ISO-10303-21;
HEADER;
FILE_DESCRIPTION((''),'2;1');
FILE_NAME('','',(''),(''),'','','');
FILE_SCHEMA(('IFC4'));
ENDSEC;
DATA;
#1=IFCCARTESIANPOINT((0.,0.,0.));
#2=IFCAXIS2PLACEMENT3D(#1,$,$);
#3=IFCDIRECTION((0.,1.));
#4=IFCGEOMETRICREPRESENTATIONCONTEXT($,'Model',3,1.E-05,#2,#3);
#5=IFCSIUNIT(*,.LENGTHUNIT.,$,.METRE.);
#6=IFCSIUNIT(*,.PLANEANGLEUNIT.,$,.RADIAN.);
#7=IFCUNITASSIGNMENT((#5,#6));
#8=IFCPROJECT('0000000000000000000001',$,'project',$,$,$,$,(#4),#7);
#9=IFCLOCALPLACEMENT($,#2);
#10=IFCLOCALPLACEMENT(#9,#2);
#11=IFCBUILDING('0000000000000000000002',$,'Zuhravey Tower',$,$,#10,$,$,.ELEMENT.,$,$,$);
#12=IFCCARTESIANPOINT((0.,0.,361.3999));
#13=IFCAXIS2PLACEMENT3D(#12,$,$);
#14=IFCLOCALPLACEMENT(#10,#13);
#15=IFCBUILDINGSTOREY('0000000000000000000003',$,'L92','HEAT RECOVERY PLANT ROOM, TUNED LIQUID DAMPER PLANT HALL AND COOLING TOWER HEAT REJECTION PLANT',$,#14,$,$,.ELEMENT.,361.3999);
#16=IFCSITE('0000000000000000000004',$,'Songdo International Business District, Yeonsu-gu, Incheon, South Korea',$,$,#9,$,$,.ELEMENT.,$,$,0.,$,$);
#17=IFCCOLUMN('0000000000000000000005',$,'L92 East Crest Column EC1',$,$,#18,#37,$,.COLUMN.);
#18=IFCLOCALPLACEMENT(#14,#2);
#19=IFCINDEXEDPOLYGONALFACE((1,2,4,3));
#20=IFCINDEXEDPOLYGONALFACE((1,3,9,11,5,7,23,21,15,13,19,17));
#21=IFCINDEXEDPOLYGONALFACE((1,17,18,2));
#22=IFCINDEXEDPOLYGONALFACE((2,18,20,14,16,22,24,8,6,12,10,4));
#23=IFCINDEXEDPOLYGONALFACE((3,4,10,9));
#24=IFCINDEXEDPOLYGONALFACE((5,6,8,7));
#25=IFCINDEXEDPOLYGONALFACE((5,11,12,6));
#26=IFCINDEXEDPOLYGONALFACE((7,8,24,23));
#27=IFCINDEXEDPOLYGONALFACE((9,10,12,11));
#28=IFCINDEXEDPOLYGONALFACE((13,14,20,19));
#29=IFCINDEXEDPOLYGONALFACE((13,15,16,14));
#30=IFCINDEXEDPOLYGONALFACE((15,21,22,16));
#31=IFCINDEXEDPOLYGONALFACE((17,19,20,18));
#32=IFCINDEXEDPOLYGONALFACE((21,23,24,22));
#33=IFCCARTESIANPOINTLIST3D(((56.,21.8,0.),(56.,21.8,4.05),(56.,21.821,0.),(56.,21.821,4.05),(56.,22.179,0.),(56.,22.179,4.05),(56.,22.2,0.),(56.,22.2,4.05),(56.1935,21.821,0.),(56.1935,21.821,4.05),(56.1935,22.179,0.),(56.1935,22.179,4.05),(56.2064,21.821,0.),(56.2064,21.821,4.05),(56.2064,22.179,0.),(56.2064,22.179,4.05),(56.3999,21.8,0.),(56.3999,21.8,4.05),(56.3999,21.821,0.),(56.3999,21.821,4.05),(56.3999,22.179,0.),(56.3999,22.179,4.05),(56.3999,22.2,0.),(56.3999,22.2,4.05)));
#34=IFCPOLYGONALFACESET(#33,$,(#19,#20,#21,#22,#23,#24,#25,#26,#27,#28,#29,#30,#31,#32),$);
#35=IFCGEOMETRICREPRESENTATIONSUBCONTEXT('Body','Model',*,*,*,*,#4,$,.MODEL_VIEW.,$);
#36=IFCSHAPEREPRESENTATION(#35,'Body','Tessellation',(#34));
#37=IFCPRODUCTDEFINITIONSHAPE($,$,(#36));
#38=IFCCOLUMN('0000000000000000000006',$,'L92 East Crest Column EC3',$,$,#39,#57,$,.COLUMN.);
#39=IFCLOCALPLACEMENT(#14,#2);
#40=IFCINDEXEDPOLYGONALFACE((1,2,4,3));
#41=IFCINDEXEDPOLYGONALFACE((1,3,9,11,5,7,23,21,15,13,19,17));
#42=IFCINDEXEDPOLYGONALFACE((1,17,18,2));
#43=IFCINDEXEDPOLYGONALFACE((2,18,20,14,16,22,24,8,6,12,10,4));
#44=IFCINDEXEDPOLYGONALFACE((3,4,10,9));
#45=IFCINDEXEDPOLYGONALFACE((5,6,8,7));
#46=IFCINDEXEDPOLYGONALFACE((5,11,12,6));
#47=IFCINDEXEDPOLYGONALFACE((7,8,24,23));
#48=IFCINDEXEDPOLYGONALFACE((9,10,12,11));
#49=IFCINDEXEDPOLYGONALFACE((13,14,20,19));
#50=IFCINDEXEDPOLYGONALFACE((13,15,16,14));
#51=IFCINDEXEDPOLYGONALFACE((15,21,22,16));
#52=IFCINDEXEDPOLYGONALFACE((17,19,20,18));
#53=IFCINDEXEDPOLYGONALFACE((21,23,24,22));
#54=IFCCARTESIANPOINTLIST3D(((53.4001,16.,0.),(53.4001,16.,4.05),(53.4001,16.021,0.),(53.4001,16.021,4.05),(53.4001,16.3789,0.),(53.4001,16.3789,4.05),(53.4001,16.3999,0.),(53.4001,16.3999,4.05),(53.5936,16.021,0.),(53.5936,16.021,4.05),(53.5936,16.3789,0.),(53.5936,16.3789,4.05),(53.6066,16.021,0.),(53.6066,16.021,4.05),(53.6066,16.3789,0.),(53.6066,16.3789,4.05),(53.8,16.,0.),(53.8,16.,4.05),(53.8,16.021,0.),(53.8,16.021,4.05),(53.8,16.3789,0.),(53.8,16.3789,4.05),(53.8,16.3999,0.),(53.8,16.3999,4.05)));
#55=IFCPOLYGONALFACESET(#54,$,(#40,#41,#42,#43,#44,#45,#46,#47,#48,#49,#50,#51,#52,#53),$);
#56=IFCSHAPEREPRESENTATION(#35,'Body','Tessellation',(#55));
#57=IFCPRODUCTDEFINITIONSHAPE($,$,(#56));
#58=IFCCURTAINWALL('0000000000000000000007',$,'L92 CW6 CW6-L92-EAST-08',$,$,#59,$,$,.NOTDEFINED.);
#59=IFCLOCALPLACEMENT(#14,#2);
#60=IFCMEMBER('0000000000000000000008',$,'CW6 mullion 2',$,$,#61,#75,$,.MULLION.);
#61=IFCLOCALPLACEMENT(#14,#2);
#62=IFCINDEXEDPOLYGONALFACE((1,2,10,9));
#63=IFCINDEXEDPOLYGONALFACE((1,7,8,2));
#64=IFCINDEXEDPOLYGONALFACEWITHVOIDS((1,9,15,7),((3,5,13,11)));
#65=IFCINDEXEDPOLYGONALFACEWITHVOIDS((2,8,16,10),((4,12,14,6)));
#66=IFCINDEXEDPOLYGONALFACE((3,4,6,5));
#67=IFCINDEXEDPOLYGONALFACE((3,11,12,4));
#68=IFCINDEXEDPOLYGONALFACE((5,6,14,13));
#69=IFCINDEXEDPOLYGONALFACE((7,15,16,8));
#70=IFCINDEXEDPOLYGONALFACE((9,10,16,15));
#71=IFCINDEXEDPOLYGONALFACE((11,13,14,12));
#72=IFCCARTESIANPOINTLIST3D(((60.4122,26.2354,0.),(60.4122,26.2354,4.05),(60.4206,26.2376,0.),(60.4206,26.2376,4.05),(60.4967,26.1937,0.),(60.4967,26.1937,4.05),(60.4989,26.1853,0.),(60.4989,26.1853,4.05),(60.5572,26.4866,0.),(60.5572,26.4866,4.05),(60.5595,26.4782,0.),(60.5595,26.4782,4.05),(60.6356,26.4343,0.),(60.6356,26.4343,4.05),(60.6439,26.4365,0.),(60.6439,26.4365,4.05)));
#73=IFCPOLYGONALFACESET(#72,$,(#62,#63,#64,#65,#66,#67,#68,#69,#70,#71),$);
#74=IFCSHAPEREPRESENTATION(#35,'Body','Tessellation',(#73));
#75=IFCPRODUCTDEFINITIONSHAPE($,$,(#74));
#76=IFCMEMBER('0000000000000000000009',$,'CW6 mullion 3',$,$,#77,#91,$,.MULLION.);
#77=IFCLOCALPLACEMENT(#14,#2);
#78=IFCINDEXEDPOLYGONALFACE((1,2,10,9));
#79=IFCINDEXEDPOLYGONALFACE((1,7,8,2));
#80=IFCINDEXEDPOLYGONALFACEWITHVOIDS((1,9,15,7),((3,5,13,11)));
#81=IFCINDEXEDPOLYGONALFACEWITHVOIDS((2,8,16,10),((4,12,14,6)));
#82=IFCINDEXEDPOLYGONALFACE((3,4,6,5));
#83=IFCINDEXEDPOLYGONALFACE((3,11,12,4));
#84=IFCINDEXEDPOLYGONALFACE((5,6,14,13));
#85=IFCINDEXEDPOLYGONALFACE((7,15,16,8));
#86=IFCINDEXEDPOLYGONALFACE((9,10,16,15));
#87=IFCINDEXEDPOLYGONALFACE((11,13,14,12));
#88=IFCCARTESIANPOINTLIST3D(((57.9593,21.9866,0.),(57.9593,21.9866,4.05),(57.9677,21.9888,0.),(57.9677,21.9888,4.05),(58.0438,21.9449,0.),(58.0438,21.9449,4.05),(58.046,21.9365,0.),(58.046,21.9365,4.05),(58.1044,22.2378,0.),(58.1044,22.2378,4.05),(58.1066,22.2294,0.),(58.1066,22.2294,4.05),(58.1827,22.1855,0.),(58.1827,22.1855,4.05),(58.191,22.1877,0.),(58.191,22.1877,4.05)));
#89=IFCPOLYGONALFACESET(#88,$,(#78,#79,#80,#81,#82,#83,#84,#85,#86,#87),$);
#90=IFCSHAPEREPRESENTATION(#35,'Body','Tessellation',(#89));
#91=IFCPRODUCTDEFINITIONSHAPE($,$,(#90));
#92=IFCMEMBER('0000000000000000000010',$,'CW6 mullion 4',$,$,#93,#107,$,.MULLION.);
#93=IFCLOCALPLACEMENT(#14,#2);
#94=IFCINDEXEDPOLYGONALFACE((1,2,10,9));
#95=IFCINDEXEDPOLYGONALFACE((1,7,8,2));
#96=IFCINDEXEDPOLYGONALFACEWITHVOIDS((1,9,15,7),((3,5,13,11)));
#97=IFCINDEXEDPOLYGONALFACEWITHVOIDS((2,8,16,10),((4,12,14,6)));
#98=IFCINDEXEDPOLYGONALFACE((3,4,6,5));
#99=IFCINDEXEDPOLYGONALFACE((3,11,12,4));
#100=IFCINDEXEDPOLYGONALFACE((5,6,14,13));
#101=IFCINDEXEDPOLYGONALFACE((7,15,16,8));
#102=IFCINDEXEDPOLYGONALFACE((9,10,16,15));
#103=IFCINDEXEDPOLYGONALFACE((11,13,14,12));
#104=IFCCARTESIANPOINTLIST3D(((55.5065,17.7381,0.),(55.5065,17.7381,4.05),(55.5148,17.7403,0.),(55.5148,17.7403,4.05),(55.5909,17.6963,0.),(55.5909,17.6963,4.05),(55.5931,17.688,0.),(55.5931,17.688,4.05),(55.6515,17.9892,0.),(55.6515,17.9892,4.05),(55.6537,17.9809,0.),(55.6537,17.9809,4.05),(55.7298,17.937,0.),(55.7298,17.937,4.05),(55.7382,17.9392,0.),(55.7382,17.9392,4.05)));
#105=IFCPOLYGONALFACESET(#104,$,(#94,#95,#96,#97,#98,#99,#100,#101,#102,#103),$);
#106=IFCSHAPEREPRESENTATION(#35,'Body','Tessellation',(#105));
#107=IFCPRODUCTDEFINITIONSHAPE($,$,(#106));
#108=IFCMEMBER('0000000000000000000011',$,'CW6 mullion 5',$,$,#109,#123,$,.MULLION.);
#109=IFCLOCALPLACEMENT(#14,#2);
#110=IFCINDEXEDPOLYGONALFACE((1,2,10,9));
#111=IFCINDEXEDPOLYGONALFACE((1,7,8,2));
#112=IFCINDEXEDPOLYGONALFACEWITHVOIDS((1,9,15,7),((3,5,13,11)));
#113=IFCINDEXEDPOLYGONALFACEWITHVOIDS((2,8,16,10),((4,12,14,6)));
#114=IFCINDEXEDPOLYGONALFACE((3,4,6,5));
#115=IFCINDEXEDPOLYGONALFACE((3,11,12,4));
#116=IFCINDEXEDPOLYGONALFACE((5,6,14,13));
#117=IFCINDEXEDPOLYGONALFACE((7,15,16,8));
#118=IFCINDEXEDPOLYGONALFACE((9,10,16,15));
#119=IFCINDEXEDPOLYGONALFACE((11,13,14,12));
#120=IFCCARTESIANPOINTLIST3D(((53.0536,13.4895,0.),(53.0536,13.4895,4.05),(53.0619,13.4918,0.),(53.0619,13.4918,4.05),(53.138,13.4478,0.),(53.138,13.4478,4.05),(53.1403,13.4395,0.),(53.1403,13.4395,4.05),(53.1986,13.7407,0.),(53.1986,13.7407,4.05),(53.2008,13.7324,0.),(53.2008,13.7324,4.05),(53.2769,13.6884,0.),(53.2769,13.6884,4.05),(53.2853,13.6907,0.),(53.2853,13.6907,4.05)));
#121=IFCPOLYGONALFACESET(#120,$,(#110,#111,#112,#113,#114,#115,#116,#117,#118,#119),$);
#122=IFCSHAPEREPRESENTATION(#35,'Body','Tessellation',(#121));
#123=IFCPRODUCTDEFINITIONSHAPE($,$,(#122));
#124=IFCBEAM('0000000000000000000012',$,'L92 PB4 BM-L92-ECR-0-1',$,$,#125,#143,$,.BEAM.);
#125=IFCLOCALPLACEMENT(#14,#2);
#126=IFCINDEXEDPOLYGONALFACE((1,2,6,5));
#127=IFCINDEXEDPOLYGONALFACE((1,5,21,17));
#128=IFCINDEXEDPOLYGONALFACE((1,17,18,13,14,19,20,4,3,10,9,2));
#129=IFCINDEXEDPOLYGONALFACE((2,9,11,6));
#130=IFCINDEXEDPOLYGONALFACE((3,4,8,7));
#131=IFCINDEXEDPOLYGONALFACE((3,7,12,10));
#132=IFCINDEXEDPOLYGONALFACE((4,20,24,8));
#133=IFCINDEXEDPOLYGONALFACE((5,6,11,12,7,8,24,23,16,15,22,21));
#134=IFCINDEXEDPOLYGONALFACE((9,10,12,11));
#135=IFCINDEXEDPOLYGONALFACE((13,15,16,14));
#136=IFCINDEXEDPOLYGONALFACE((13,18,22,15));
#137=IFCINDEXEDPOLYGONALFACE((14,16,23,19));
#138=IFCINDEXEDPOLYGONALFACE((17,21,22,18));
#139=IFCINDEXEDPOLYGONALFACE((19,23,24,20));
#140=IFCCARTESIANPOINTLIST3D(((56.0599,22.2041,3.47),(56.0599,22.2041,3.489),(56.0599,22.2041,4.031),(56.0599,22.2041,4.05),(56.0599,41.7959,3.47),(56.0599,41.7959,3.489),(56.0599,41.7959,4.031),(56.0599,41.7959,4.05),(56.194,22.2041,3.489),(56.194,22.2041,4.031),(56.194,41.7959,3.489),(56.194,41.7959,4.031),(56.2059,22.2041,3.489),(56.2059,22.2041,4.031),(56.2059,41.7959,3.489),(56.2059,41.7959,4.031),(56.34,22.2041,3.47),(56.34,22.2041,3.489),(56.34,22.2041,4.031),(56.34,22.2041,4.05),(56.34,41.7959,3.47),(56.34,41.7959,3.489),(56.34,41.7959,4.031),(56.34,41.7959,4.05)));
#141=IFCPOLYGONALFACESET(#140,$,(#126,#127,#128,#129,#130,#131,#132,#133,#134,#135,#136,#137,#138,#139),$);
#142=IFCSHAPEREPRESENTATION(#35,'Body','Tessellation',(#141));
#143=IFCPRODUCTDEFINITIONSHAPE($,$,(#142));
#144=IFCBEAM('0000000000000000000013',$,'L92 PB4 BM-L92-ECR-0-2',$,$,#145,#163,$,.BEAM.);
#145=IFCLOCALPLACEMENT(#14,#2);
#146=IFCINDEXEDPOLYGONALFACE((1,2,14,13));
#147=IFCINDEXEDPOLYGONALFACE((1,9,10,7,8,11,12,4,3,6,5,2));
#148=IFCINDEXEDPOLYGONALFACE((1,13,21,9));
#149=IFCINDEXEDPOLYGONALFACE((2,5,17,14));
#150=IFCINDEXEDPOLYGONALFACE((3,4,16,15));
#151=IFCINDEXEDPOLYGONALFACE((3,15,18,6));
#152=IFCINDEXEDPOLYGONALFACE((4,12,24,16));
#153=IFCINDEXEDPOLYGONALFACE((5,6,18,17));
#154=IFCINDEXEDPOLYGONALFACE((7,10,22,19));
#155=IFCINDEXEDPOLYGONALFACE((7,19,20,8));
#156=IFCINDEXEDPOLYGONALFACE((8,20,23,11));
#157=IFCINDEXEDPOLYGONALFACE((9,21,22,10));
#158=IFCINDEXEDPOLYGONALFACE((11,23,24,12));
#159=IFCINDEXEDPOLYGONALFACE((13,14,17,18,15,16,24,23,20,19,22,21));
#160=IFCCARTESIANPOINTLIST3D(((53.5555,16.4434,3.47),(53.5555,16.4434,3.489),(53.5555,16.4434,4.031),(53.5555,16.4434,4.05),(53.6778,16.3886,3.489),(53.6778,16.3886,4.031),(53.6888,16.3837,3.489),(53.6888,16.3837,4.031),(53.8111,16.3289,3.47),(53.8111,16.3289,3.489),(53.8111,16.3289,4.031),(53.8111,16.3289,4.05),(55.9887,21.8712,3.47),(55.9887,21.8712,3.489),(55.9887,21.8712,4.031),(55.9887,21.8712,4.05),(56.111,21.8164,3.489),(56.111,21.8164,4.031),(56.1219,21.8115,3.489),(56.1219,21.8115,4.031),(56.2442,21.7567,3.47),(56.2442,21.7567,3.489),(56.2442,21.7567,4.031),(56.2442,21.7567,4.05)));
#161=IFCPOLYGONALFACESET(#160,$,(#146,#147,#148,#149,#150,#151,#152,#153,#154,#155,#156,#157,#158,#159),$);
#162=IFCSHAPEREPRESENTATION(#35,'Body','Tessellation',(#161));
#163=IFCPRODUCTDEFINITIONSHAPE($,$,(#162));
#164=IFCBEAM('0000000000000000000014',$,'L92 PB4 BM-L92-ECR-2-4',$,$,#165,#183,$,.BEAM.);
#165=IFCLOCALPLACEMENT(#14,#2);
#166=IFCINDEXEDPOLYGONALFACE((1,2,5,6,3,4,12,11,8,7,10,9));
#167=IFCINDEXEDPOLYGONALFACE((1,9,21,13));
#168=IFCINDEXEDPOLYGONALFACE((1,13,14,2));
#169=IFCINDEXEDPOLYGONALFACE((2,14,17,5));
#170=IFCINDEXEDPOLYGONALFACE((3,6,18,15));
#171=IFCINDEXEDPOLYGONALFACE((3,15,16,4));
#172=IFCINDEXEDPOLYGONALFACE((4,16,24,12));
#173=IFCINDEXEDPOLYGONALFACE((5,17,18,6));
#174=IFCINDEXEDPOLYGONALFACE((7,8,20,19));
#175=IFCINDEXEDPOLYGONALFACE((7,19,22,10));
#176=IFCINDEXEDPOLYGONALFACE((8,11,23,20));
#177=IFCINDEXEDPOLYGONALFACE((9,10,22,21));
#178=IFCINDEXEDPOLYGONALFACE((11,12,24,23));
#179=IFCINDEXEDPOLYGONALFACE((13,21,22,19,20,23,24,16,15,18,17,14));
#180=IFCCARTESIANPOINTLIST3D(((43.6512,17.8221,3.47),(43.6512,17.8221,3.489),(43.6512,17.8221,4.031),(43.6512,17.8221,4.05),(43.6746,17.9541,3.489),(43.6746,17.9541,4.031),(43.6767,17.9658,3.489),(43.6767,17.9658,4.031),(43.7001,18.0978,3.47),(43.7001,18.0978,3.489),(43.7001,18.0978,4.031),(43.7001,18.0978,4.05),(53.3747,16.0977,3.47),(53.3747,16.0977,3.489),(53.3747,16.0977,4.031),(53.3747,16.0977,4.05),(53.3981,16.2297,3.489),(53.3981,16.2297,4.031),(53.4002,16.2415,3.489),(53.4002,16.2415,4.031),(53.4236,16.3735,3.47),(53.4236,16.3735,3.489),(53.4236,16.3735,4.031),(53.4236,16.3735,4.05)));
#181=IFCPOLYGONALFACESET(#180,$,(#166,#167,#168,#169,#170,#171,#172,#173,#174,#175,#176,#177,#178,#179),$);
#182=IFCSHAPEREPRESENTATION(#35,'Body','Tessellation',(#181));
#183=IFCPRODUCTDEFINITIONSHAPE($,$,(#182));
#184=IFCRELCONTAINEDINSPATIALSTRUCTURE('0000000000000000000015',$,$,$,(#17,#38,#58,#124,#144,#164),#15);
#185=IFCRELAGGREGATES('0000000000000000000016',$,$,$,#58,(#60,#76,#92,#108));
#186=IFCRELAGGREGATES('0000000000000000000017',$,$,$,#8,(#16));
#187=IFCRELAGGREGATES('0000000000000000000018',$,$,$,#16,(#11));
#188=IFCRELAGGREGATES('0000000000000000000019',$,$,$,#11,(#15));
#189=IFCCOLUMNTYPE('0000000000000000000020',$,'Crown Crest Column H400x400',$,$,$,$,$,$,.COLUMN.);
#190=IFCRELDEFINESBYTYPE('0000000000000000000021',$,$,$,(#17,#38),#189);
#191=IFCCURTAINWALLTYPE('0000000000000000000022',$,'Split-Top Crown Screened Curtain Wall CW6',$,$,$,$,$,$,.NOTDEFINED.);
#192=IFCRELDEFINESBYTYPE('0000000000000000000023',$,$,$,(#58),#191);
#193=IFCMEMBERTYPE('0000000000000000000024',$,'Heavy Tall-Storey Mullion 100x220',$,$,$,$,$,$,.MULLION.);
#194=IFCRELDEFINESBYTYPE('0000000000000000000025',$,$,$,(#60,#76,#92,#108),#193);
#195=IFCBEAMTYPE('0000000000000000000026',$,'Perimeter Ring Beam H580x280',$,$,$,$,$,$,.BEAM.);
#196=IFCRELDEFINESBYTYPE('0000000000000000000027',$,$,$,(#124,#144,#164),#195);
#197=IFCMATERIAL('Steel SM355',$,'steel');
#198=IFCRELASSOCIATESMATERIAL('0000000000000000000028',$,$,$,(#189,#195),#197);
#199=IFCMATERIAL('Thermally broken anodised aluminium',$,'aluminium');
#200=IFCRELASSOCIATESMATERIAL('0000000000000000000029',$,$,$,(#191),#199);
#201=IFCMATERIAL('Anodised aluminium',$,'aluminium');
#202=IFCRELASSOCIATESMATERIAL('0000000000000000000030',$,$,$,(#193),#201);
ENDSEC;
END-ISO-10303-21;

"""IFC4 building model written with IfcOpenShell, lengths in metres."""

from ifc_helpers import new_model, si_unit, direction, frame, origin, origin_2d, place, context, subcontext, project, spatial, hollow_rectangle, i_section, extrude, material, material_profile, profile_set, type_object, element, aggregate, save


model = new_model("IFC4")

# Units and contexts
model_context = context("Model", 3, precision=1e-05, world=origin(), true_north=direction((0.0, 1.0)))
body_context = subcontext(model_context, "Body", "Model", "MODEL_VIEW")
ifc_project = project(units=[si_unit("LENGTHUNIT", "METRE"), si_unit("PLANEANGLEUNIT", "RADIAN")], contexts=[model_context])

# Site, building, storey
site_placement = place(None, origin())
site = spatial("IfcSite", under=ifc_project, at=site_placement, Name="Songdo International Business District, Yeonsu-gu, Incheon, South Korea", CompositionType="ELEMENT", RefElevation=0.0)
building_placement = place(site_placement, origin())
building = spatial("IfcBuilding", under=site, at=building_placement, Name="Zuhravey Tower", CompositionType="ELEMENT")
storey_placement = place(building_placement, frame((0.0, 0.0, 361.3999)))
storey = spatial("IfcBuildingStorey", under=building, at=storey_placement, Name="L92", Description="HEAT RECOVERY PLANT ROOM, TUNED LIQUID DAMPER PLANT HALL AND COOLING TOWER HEAT REJECTION PLANT", CompositionType="ELEMENT", Elevation=361.3999)

# Columns
ifc_material_1 = material(Name="Steel SM355", Category="steel")
ifc_material_profile_1 = material_profile(ifc_material_1, i_section(OverallWidth=0.3999, OverallDepth=0.3999, WebThickness=0.0129, FlangeThickness=0.021, at=origin_2d()), Name="H-400x400x13x21")
ifc_profile_set_1 = profile_set([ifc_material_profile_1], Name="Steel SM355")
column_type = type_object("IfcColumnType", Name="Crown Crest Column H400x400", PredefinedType="COLUMN", material=ifc_profile_set_1)
for number, where, z_axis, x_axis, name in (
    (1, (56.2, 22.0, 0.0), (0.0, 0.0, 1.0), (1.0, 0.0, 0.0), "L92 East Crest Column EC1"),
    (2, (53.6001, 16.2, 0.0), (0.0, 0.0, 1.0), (1.0, 0.0, 0.0), "L92 East Crest Column EC3"),
):
    element("IfcColumn", number, at=place(storey_placement, frame(where, z_axis=z_axis, x_axis=x_axis)), inside=storey, type_object=column_type, Name=name, PredefinedType="COLUMN", context=body_context, shape_type="SweptSolid", body=[
        extrude(i_section(OverallWidth=0.3999, OverallDepth=0.3999, WebThickness=0.0129, FlangeThickness=0.021, at=origin_2d()), origin(), (0.0, 0.0, 1.0), 4.05),
    ])

# Curtain wall, members
ifc_material_2 = material(Name="Thermally broken anodised aluminium", Category="aluminium")
curtain_wall_type = type_object("IfcCurtainWallType", Name="Split-Top Crown Screened Curtain Wall CW6", PredefinedType="NOTDEFINED", material=ifc_material_2)
curtain_wall_placement = place(storey_placement, origin())
curtain_wall = element("IfcCurtainWall", 3, at=curtain_wall_placement, inside=storey, type_object=curtain_wall_type, Name="L92 CW6 CW6-L92-EAST-08", PredefinedType="NOTDEFINED")
ifc_material_3 = material(Name="Anodised aluminium", Category="aluminium")
ifc_material_profile_2 = material_profile(ifc_material_3, hollow_rectangle(XDim=0.1001, YDim=0.29, WallThickness=0.0061, at=origin_2d()), Name="ALU-RHS-100x290x6")
ifc_profile_set_2 = profile_set([ifc_material_profile_2], Name="Anodised aluminium")
member_type_1 = type_object("IfcMemberType", Name="Heavy Tall-Storey Mullion 100x220", PredefinedType="MULLION", material=ifc_profile_set_2)
member_1_placement = place(storey_placement, frame((60.5281, 26.3359, 0.0), z_axis=(0.0, 0.0, 1.0), x_axis=(0.866027, -0.499997, 0.0)))
member_1 = element("IfcMember", 4, at=member_1_placement, type_object=member_type_1, Name="CW6 mullion 2", PredefinedType="MULLION", context=body_context, shape_type="SweptSolid", body=[
    extrude(hollow_rectangle(XDim=0.1001, YDim=0.29, WallThickness=0.0061, at=origin_2d()), origin(), (0.0, 0.0, 1.0), 4.05),
])
member_2_placement = place(storey_placement, frame((58.0752, 22.0872, 0.0), z_axis=(0.0, 0.0, 1.0), x_axis=(0.866027, -0.499997, 0.0)))
member_2 = element("IfcMember", 5, at=member_2_placement, type_object=member_type_1, Name="CW6 mullion 3", PredefinedType="MULLION", context=body_context, shape_type="SweptSolid", body=[
    extrude(hollow_rectangle(XDim=0.1001, YDim=0.29, WallThickness=0.0061, at=origin_2d()), origin(), (0.0, 0.0, 1.0), 4.05),
])
member_3_placement = place(storey_placement, frame((55.6223, 17.8386, 0.0), z_axis=(0.0, 0.0, 1.0), x_axis=(0.866027, -0.499997, 0.0)))
member_3 = element("IfcMember", 6, at=member_3_placement, type_object=member_type_1, Name="CW6 mullion 4", PredefinedType="MULLION", context=body_context, shape_type="SweptSolid", body=[
    extrude(hollow_rectangle(XDim=0.1001, YDim=0.29, WallThickness=0.0061, at=origin_2d()), origin(), (0.0, 0.0, 1.0), 4.05),
])
member_4_placement = place(storey_placement, frame((53.1694, 13.5901, 0.0), z_axis=(0.0, 0.0, 1.0), x_axis=(0.866027, -0.499997, 0.0)))
member_4 = element("IfcMember", 7, at=member_4_placement, type_object=member_type_1, Name="CW6 mullion 5", PredefinedType="MULLION", context=body_context, shape_type="SweptSolid", body=[
    extrude(hollow_rectangle(XDim=0.1001, YDim=0.29, WallThickness=0.0061, at=origin_2d()), origin(), (0.0, 0.0, 1.0), 4.05),
])

# Beams
ifc_material_profile_3 = material_profile(ifc_material_1, i_section(OverallWidth=0.28, OverallDepth=0.5801, WebThickness=0.012, FlangeThickness=0.019, at=origin_2d()), Name="H-580x280x12x19")
ifc_profile_set_3 = profile_set([ifc_material_profile_3], Name="Steel SM355")
beam_type = type_object("IfcBeamType", Name="Perimeter Ring Beam H580x280", PredefinedType="BEAM", material=ifc_profile_set_3)
beam_1_placement = place(storey_placement, frame((56.2, 22.2041, 3.76), z_axis=(0.0, 1.0, 0.0), x_axis=(-1.0, 0.0, 0.0)))
element("IfcBeam", 8, at=beam_1_placement, inside=storey, type_object=beam_type, Name="L92 PB4 BM-L92-ECR-0-1", PredefinedType="BEAM", context=body_context, shape_type="SweptSolid", body=[
    extrude(i_section(OverallWidth=0.28, OverallDepth=0.5801, WebThickness=0.012, FlangeThickness=0.019, at=origin_2d()), origin(), (0.0, 0.0, 1.0), 19.5918),
])
beam_2_placement = place(storey_placement, frame((56.1165, 21.814, 3.76), z_axis=(-0.409054, -0.91251, 0.0), x_axis=(0.91251, -0.409054, 0.0)))
element("IfcBeam", 9, at=beam_2_placement, inside=storey, type_object=beam_type, Name="L92 PB4 BM-L92-ECR-0-2", PredefinedType="BEAM", context=body_context, shape_type="SweptSolid", body=[
    extrude(i_section(OverallWidth=0.28, OverallDepth=0.5801, WebThickness=0.012, FlangeThickness=0.019, at=origin_2d()), origin(), (0.0, 0.0, 1.0), 5.9482),
])
beam_3_placement = place(storey_placement, frame((53.3992, 16.2356, 3.76), z_axis=(-0.984637, 0.174613, 0.0), x_axis=(-0.174613, -0.984637, 0.0)))
element("IfcBeam", 10, at=beam_3_placement, inside=storey, type_object=beam_type, Name="L92 PB4 BM-L92-ECR-2-4", PredefinedType="BEAM", context=body_context, shape_type="SweptSolid", body=[
    extrude(i_section(OverallWidth=0.28, OverallDepth=0.5801, WebThickness=0.012, FlangeThickness=0.019, at=origin_2d()), origin(), (0.0, 0.0, 1.0), 9.8752),
])

aggregate(curtain_wall, [member_1, member_2, member_3, member_4])

save(model, "model.ifc")
